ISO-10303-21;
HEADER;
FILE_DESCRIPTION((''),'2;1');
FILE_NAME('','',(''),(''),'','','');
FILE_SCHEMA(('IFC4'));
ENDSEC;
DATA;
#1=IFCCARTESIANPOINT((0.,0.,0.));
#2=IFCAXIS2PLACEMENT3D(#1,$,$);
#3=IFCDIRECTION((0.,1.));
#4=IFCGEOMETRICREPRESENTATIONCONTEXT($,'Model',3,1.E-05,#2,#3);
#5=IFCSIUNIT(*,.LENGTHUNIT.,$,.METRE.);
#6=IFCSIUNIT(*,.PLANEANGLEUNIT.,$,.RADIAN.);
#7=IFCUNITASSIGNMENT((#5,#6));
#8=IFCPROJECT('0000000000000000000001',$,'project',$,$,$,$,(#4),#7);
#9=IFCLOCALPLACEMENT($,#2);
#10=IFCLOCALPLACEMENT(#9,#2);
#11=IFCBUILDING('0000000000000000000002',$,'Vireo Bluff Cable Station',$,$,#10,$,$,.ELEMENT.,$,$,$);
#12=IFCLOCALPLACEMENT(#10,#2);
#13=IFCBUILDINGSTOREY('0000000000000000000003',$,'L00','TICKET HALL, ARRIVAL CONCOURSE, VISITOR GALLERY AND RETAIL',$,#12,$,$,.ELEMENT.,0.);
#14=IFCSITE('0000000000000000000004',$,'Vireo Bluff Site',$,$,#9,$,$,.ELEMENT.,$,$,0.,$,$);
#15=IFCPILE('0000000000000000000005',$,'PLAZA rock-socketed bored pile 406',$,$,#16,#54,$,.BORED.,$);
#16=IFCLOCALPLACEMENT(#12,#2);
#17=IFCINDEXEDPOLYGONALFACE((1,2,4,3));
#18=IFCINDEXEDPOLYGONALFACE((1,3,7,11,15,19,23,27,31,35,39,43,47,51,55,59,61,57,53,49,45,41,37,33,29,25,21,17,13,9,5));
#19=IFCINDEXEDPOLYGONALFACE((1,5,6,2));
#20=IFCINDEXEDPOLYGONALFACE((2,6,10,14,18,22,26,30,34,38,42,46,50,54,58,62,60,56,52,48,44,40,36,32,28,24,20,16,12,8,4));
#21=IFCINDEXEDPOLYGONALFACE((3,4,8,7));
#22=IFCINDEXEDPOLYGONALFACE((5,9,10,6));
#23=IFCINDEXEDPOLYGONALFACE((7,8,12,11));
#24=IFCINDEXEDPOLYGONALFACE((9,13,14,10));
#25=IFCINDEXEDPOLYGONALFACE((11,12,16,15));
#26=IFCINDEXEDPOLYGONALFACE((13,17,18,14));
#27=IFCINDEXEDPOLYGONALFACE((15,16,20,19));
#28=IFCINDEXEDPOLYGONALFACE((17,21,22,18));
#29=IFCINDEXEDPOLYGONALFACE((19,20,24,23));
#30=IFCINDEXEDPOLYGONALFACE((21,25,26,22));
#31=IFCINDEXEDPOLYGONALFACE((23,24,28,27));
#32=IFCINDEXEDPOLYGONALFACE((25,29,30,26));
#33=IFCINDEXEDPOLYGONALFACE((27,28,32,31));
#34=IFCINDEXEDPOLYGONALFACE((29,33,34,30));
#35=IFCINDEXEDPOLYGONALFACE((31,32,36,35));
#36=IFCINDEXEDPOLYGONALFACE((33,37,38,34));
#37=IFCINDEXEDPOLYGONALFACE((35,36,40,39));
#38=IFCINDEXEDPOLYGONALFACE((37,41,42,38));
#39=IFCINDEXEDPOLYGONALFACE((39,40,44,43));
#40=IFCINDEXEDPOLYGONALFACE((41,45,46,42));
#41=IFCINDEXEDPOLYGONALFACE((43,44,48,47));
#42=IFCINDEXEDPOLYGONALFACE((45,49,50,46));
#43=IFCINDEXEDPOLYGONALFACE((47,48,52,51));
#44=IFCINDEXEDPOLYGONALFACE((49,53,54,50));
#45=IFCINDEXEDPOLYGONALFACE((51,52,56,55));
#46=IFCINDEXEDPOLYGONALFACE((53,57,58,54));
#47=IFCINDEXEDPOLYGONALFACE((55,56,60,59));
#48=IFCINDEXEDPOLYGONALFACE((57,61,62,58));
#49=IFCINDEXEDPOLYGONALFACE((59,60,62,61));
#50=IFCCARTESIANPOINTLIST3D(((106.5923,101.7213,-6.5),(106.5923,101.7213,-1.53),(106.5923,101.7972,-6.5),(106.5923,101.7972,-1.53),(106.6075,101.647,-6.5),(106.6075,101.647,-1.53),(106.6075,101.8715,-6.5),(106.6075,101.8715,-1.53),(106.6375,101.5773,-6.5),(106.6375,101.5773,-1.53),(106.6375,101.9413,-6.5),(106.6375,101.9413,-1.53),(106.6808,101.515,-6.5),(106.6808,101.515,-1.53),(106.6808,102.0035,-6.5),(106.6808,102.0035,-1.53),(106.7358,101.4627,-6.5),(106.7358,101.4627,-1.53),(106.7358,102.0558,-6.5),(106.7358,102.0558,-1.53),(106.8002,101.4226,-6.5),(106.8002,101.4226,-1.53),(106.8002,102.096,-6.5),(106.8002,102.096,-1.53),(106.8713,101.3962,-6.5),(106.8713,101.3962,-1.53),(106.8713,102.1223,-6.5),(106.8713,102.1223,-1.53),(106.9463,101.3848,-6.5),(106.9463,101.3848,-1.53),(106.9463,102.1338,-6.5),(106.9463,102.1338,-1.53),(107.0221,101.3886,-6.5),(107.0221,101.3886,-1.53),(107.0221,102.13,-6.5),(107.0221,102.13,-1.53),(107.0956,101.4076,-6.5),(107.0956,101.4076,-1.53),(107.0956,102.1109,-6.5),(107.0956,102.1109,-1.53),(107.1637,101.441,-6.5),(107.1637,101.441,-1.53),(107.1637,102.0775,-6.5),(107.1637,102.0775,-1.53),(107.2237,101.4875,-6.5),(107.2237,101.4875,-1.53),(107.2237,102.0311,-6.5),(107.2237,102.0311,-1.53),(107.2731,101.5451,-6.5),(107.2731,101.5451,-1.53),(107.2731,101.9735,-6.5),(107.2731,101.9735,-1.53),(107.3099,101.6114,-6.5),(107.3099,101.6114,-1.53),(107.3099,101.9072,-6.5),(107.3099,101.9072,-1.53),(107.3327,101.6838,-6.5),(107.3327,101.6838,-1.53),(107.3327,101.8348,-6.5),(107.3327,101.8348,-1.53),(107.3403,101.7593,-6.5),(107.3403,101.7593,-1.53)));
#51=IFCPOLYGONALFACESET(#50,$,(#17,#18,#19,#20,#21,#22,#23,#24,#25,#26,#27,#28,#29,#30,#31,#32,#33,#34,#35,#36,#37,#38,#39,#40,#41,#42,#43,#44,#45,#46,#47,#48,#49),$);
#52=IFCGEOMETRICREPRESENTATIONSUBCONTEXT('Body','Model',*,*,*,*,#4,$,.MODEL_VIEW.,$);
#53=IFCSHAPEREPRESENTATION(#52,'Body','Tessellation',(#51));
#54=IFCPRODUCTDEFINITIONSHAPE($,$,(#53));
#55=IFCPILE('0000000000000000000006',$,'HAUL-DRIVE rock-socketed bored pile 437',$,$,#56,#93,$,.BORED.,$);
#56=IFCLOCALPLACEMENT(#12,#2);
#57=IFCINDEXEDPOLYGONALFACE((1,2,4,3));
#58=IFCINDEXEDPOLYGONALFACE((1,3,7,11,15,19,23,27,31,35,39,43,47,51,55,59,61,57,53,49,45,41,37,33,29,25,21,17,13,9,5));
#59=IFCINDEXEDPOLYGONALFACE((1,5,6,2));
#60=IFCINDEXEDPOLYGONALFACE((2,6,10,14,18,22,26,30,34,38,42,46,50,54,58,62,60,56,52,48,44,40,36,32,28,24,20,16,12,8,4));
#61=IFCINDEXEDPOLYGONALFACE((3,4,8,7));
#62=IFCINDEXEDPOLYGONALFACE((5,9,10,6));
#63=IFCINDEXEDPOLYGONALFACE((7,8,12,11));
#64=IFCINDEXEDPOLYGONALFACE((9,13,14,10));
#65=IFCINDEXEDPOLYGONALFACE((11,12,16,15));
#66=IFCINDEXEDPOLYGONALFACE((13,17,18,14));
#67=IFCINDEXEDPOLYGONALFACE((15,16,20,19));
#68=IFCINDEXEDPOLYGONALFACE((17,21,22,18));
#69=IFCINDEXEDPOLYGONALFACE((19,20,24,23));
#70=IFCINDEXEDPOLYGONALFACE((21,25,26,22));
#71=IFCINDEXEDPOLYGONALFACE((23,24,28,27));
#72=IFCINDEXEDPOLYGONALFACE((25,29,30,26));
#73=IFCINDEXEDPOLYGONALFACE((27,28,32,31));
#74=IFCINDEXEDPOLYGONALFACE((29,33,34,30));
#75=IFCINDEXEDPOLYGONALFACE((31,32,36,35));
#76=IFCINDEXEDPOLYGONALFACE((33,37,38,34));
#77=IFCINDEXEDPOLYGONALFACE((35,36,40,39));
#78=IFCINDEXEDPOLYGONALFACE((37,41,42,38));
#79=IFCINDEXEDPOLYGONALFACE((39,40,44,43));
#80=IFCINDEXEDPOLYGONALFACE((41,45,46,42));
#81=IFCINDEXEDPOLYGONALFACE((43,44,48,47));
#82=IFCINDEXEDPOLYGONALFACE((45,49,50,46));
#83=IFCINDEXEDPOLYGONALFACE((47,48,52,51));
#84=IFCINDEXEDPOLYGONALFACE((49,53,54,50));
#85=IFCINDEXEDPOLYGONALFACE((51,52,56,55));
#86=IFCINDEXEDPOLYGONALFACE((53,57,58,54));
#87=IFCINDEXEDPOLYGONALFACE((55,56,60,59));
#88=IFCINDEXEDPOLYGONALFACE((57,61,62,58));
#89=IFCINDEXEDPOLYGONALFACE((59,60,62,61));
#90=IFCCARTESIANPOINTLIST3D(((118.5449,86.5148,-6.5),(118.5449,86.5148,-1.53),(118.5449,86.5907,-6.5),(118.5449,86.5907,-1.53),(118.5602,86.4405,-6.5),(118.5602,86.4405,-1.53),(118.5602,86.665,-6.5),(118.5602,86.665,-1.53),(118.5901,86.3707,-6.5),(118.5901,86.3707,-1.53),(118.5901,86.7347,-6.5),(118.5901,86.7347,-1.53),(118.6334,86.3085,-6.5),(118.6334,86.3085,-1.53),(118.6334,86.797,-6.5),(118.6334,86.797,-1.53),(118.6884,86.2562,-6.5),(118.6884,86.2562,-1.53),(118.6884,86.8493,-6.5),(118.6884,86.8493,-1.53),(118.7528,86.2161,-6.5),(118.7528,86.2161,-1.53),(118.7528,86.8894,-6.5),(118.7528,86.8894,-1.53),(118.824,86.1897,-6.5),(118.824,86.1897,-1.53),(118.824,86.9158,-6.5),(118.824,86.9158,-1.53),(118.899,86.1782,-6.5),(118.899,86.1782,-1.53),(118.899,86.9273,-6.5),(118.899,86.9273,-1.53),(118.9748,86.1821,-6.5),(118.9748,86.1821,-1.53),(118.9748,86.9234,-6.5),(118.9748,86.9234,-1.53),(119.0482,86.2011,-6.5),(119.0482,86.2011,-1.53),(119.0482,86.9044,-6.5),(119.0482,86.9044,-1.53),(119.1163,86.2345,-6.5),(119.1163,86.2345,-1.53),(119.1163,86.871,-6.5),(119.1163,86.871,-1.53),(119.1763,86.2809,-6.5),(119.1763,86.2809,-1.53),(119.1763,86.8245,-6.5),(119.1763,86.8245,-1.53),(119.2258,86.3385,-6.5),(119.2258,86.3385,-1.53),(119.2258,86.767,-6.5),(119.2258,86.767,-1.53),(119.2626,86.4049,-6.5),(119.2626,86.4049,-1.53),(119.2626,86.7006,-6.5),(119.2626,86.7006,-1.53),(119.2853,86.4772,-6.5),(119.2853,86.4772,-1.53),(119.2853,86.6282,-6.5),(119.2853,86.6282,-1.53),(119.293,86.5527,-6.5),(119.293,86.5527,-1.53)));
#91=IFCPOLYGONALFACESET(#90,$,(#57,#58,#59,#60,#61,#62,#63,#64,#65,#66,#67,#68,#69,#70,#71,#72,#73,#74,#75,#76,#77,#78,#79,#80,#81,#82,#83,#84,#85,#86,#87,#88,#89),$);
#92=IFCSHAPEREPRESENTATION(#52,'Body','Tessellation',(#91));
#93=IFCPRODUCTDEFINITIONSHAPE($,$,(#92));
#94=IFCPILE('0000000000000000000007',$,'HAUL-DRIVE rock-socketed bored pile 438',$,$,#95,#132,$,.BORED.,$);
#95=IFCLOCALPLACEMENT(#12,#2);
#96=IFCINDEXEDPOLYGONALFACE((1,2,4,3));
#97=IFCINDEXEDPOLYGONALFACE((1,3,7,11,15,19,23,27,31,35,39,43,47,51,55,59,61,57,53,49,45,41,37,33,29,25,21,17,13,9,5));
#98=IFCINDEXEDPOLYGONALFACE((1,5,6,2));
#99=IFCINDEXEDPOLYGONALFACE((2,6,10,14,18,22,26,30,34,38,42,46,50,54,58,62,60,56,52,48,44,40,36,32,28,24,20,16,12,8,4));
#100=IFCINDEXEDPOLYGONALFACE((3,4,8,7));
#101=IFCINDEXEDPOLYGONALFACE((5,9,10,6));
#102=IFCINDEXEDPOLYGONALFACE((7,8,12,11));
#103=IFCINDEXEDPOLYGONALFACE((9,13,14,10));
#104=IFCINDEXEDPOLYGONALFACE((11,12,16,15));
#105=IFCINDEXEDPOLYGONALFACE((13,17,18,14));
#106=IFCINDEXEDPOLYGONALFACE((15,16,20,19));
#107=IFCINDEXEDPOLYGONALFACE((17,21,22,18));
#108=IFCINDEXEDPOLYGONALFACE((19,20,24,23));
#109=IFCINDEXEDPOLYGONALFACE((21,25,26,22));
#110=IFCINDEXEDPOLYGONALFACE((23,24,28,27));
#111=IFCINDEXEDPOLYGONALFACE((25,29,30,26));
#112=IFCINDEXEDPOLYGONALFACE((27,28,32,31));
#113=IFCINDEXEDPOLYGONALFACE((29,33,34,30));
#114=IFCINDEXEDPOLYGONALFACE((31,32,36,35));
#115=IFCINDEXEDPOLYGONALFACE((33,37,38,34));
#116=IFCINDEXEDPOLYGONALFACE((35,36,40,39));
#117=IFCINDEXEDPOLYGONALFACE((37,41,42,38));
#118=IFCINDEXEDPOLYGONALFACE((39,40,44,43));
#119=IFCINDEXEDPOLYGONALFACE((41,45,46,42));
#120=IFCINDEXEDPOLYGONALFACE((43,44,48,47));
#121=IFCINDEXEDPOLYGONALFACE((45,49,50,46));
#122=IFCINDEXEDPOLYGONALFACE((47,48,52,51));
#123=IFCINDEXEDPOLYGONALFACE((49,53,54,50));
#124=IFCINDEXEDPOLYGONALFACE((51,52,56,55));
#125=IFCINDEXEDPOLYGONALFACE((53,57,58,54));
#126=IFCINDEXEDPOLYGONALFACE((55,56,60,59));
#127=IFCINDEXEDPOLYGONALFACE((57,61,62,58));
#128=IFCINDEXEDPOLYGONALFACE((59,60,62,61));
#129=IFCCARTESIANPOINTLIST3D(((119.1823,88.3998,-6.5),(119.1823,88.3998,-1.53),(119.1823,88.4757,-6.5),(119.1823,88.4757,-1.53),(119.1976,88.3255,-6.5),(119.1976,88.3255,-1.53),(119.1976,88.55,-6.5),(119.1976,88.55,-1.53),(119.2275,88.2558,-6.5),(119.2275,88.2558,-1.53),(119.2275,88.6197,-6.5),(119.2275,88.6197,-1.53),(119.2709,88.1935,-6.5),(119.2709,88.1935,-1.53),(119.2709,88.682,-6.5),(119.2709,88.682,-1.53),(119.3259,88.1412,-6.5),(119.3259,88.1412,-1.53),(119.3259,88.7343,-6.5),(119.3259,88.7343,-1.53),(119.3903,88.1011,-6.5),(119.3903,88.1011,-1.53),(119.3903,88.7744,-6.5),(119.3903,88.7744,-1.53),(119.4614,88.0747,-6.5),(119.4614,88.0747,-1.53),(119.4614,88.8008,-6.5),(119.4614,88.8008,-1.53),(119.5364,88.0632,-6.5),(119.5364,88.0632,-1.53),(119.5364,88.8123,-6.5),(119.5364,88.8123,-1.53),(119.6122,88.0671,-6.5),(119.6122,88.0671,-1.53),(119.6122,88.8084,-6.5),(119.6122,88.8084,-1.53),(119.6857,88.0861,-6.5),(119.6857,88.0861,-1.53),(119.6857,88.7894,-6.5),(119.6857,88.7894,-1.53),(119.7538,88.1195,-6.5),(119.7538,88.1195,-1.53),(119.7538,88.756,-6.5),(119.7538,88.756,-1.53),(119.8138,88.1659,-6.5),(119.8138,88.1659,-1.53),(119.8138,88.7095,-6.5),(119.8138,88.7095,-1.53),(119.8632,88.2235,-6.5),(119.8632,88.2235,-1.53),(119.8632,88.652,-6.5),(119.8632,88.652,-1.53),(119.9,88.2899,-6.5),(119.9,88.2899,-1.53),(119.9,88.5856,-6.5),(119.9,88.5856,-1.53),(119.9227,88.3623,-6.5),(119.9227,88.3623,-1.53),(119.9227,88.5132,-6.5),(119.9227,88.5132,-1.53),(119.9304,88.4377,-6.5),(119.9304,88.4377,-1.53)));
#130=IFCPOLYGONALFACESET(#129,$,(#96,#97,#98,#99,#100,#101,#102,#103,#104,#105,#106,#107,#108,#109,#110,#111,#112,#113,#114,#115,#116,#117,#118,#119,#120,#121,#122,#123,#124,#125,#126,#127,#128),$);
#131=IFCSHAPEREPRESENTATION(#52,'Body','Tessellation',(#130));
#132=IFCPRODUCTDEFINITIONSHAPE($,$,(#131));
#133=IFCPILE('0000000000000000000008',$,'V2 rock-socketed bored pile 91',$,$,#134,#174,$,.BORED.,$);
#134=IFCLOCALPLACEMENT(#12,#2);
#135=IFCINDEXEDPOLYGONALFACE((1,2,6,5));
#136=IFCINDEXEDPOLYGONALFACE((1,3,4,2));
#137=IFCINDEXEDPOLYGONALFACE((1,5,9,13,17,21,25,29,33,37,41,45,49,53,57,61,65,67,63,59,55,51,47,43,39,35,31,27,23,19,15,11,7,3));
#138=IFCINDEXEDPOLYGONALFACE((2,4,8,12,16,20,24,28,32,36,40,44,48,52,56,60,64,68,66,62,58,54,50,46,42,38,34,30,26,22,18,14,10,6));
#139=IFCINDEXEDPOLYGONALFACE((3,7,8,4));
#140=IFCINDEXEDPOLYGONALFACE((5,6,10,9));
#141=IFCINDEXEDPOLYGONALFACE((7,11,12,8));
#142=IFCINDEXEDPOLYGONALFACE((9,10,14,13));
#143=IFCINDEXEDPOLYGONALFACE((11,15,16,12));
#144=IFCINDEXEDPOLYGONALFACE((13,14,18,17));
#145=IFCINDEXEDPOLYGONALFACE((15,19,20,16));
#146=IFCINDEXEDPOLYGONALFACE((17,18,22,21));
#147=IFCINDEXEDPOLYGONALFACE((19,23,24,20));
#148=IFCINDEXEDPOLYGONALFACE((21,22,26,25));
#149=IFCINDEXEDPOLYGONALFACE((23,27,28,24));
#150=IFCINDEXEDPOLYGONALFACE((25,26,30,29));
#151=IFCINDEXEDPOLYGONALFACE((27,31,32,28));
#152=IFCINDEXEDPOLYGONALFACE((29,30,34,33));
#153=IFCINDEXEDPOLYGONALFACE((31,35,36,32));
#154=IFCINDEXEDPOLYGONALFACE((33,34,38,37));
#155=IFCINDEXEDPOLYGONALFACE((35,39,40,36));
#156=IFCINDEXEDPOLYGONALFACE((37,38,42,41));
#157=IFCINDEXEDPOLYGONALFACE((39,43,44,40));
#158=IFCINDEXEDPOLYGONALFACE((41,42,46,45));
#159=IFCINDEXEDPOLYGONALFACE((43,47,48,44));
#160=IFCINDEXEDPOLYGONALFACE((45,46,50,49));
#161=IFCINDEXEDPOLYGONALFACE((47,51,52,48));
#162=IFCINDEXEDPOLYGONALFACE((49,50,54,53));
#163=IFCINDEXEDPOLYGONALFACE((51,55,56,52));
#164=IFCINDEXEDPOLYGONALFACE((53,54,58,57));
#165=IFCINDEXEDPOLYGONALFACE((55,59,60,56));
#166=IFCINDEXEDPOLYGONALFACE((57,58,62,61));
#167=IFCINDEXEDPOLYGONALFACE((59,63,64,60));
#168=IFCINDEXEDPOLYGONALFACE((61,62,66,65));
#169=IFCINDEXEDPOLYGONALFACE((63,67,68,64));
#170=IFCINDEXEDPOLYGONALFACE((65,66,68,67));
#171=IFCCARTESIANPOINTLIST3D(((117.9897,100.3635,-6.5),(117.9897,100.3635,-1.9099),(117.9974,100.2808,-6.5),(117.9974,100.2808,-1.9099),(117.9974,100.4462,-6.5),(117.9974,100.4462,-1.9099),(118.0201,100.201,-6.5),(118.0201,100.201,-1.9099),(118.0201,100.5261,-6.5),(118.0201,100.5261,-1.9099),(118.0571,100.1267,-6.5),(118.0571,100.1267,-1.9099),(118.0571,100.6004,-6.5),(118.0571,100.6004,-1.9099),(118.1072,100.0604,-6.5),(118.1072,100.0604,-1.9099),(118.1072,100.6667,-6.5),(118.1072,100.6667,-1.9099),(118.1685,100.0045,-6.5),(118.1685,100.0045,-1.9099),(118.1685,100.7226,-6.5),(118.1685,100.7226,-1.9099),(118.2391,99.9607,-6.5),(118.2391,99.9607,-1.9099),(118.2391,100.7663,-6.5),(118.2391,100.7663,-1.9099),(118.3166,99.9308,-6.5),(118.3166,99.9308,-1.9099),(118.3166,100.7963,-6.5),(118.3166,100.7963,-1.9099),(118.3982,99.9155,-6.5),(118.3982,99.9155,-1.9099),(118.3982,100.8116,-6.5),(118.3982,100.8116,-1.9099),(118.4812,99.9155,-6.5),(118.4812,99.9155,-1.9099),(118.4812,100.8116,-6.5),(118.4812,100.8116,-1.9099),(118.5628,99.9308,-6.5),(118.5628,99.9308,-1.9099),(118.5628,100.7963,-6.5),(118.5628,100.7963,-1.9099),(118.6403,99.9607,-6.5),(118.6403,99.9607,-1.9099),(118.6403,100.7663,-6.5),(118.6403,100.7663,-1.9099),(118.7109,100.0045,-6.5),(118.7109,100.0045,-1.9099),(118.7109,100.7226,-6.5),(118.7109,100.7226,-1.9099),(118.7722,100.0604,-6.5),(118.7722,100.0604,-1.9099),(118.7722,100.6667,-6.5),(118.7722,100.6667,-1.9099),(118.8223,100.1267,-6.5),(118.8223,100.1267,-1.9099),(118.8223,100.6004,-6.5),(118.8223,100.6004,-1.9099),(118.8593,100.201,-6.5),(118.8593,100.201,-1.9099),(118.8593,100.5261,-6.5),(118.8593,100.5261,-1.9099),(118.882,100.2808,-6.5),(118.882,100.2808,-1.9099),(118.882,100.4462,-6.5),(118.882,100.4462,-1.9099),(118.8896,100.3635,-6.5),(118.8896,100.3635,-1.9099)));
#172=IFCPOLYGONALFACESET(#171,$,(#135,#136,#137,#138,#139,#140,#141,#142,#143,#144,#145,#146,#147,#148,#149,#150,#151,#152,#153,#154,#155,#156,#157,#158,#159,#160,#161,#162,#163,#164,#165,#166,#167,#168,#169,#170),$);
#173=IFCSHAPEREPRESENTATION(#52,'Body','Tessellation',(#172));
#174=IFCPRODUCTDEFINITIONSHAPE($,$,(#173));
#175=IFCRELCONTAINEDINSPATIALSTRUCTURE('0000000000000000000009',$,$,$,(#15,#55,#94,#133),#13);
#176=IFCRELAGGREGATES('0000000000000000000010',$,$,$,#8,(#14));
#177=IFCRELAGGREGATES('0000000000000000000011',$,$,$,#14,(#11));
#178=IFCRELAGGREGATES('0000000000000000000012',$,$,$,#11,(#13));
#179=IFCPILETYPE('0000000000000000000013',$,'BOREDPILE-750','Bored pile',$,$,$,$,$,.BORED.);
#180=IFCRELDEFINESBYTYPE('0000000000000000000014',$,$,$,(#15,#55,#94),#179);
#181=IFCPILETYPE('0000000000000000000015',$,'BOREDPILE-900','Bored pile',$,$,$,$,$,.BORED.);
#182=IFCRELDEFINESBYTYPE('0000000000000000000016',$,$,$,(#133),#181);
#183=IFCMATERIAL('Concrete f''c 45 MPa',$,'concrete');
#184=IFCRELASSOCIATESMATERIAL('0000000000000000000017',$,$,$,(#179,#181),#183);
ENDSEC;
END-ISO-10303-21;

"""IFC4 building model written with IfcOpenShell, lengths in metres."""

from ifc_helpers import new_model, si_unit, direction, frame, origin, origin_2d, place, context, subcontext, project, spatial, circle, extrude, material, material_profile, profile_set, type_object, element, save


model = new_model("IFC4")

# Units and contexts
model_context = context("Model", 3, precision=1e-05, world=origin(), true_north=direction((0.0, 1.0)))
body_context = subcontext(model_context, "Body", "Model", "MODEL_VIEW")
ifc_project = project(units=[si_unit("LENGTHUNIT", "METRE"), si_unit("PLANEANGLEUNIT", "RADIAN")], contexts=[model_context])

# Site, building, storey
site_placement = place(None, origin())
site = spatial("IfcSite", under=ifc_project, at=site_placement, Name="Vireo Bluff Site", CompositionType="ELEMENT", RefElevation=0.0)
building_placement = place(site_placement, origin())
building = spatial("IfcBuilding", under=site, at=building_placement, Name="Vireo Bluff Cable Station", CompositionType="ELEMENT")
storey_placement = place(building_placement, origin())
storey = spatial("IfcBuildingStorey", under=building, at=storey_placement, Name="L00", Description="TICKET HALL, ARRIVAL CONCOURSE, VISITOR GALLERY AND RETAIL", CompositionType="ELEMENT", Elevation=0.0)

# Piles
ifc_material_1 = material(Name="Concrete f'c 45 MPa", Category="concrete")
ifc_material_profile_1 = material_profile(ifc_material_1, circle(Radius=0.375, at=origin_2d()), Name="BOREDPILE-750")
ifc_profile_set_1 = profile_set([ifc_material_profile_1], Name="Concrete f'c 45 MPa")
pile_type_1 = type_object("IfcPileType", Name="BOREDPILE-750", Description="Bored pile", PredefinedType="BORED", material=ifc_profile_set_1)
for number, where, z_axis, x_axis, name in (
    (1, (106.9653, 101.7593, -1.53), (0.0, 0.0, -1.0), (1.0, 0.0, 0.0), "PLAZA rock-socketed bored pile 406"),
    (2, (118.918, 86.5527, -1.53), (0.0, 0.0, -1.0), (1.0, 0.0, 0.0), "HAUL-DRIVE rock-socketed bored pile 437"),
    (3, (119.5554, 88.4377, -1.53), (0.0, 0.0, -1.0), (1.0, 0.0, 0.0), "HAUL-DRIVE rock-socketed bored pile 438"),
):
    element("IfcPile", number, at=place(storey_placement, frame(where, z_axis=z_axis, x_axis=x_axis)), inside=storey, type_object=pile_type_1, Name=name, PredefinedType="BORED", context=body_context, shape_type="SweptSolid", body=[
        extrude(circle(Radius=0.375, at=origin_2d()), origin(), (0.0, 0.0, 1.0), 4.97),
    ])
ifc_material_profile_2 = material_profile(ifc_material_1, circle(Radius=0.45, at=origin_2d()), Name="BOREDPILE-900")
ifc_profile_set_2 = profile_set([ifc_material_profile_2], Name="Concrete f'c 45 MPa")
pile_type_2 = type_object("IfcPileType", Name="BOREDPILE-900", Description="Bored pile", PredefinedType="BORED", material=ifc_profile_set_2)
for number, where, z_axis, x_axis, name in (
    (4, (118.4397, 100.3635, -1.9099), (0.0, 0.0, -1.0), (1.0, 0.0, 0.0), "V2 rock-socketed bored pile 91"),
):
    element("IfcPile", number, at=place(storey_placement, frame(where, z_axis=z_axis, x_axis=x_axis)), inside=storey, type_object=pile_type_2, Name=name, PredefinedType="BORED", context=body_context, shape_type="SweptSolid", body=[
        extrude(circle(Radius=0.45, at=origin_2d()), origin(), (0.0, 0.0, 1.0), 4.5901),
    ])

save(model, "model.ifc")
